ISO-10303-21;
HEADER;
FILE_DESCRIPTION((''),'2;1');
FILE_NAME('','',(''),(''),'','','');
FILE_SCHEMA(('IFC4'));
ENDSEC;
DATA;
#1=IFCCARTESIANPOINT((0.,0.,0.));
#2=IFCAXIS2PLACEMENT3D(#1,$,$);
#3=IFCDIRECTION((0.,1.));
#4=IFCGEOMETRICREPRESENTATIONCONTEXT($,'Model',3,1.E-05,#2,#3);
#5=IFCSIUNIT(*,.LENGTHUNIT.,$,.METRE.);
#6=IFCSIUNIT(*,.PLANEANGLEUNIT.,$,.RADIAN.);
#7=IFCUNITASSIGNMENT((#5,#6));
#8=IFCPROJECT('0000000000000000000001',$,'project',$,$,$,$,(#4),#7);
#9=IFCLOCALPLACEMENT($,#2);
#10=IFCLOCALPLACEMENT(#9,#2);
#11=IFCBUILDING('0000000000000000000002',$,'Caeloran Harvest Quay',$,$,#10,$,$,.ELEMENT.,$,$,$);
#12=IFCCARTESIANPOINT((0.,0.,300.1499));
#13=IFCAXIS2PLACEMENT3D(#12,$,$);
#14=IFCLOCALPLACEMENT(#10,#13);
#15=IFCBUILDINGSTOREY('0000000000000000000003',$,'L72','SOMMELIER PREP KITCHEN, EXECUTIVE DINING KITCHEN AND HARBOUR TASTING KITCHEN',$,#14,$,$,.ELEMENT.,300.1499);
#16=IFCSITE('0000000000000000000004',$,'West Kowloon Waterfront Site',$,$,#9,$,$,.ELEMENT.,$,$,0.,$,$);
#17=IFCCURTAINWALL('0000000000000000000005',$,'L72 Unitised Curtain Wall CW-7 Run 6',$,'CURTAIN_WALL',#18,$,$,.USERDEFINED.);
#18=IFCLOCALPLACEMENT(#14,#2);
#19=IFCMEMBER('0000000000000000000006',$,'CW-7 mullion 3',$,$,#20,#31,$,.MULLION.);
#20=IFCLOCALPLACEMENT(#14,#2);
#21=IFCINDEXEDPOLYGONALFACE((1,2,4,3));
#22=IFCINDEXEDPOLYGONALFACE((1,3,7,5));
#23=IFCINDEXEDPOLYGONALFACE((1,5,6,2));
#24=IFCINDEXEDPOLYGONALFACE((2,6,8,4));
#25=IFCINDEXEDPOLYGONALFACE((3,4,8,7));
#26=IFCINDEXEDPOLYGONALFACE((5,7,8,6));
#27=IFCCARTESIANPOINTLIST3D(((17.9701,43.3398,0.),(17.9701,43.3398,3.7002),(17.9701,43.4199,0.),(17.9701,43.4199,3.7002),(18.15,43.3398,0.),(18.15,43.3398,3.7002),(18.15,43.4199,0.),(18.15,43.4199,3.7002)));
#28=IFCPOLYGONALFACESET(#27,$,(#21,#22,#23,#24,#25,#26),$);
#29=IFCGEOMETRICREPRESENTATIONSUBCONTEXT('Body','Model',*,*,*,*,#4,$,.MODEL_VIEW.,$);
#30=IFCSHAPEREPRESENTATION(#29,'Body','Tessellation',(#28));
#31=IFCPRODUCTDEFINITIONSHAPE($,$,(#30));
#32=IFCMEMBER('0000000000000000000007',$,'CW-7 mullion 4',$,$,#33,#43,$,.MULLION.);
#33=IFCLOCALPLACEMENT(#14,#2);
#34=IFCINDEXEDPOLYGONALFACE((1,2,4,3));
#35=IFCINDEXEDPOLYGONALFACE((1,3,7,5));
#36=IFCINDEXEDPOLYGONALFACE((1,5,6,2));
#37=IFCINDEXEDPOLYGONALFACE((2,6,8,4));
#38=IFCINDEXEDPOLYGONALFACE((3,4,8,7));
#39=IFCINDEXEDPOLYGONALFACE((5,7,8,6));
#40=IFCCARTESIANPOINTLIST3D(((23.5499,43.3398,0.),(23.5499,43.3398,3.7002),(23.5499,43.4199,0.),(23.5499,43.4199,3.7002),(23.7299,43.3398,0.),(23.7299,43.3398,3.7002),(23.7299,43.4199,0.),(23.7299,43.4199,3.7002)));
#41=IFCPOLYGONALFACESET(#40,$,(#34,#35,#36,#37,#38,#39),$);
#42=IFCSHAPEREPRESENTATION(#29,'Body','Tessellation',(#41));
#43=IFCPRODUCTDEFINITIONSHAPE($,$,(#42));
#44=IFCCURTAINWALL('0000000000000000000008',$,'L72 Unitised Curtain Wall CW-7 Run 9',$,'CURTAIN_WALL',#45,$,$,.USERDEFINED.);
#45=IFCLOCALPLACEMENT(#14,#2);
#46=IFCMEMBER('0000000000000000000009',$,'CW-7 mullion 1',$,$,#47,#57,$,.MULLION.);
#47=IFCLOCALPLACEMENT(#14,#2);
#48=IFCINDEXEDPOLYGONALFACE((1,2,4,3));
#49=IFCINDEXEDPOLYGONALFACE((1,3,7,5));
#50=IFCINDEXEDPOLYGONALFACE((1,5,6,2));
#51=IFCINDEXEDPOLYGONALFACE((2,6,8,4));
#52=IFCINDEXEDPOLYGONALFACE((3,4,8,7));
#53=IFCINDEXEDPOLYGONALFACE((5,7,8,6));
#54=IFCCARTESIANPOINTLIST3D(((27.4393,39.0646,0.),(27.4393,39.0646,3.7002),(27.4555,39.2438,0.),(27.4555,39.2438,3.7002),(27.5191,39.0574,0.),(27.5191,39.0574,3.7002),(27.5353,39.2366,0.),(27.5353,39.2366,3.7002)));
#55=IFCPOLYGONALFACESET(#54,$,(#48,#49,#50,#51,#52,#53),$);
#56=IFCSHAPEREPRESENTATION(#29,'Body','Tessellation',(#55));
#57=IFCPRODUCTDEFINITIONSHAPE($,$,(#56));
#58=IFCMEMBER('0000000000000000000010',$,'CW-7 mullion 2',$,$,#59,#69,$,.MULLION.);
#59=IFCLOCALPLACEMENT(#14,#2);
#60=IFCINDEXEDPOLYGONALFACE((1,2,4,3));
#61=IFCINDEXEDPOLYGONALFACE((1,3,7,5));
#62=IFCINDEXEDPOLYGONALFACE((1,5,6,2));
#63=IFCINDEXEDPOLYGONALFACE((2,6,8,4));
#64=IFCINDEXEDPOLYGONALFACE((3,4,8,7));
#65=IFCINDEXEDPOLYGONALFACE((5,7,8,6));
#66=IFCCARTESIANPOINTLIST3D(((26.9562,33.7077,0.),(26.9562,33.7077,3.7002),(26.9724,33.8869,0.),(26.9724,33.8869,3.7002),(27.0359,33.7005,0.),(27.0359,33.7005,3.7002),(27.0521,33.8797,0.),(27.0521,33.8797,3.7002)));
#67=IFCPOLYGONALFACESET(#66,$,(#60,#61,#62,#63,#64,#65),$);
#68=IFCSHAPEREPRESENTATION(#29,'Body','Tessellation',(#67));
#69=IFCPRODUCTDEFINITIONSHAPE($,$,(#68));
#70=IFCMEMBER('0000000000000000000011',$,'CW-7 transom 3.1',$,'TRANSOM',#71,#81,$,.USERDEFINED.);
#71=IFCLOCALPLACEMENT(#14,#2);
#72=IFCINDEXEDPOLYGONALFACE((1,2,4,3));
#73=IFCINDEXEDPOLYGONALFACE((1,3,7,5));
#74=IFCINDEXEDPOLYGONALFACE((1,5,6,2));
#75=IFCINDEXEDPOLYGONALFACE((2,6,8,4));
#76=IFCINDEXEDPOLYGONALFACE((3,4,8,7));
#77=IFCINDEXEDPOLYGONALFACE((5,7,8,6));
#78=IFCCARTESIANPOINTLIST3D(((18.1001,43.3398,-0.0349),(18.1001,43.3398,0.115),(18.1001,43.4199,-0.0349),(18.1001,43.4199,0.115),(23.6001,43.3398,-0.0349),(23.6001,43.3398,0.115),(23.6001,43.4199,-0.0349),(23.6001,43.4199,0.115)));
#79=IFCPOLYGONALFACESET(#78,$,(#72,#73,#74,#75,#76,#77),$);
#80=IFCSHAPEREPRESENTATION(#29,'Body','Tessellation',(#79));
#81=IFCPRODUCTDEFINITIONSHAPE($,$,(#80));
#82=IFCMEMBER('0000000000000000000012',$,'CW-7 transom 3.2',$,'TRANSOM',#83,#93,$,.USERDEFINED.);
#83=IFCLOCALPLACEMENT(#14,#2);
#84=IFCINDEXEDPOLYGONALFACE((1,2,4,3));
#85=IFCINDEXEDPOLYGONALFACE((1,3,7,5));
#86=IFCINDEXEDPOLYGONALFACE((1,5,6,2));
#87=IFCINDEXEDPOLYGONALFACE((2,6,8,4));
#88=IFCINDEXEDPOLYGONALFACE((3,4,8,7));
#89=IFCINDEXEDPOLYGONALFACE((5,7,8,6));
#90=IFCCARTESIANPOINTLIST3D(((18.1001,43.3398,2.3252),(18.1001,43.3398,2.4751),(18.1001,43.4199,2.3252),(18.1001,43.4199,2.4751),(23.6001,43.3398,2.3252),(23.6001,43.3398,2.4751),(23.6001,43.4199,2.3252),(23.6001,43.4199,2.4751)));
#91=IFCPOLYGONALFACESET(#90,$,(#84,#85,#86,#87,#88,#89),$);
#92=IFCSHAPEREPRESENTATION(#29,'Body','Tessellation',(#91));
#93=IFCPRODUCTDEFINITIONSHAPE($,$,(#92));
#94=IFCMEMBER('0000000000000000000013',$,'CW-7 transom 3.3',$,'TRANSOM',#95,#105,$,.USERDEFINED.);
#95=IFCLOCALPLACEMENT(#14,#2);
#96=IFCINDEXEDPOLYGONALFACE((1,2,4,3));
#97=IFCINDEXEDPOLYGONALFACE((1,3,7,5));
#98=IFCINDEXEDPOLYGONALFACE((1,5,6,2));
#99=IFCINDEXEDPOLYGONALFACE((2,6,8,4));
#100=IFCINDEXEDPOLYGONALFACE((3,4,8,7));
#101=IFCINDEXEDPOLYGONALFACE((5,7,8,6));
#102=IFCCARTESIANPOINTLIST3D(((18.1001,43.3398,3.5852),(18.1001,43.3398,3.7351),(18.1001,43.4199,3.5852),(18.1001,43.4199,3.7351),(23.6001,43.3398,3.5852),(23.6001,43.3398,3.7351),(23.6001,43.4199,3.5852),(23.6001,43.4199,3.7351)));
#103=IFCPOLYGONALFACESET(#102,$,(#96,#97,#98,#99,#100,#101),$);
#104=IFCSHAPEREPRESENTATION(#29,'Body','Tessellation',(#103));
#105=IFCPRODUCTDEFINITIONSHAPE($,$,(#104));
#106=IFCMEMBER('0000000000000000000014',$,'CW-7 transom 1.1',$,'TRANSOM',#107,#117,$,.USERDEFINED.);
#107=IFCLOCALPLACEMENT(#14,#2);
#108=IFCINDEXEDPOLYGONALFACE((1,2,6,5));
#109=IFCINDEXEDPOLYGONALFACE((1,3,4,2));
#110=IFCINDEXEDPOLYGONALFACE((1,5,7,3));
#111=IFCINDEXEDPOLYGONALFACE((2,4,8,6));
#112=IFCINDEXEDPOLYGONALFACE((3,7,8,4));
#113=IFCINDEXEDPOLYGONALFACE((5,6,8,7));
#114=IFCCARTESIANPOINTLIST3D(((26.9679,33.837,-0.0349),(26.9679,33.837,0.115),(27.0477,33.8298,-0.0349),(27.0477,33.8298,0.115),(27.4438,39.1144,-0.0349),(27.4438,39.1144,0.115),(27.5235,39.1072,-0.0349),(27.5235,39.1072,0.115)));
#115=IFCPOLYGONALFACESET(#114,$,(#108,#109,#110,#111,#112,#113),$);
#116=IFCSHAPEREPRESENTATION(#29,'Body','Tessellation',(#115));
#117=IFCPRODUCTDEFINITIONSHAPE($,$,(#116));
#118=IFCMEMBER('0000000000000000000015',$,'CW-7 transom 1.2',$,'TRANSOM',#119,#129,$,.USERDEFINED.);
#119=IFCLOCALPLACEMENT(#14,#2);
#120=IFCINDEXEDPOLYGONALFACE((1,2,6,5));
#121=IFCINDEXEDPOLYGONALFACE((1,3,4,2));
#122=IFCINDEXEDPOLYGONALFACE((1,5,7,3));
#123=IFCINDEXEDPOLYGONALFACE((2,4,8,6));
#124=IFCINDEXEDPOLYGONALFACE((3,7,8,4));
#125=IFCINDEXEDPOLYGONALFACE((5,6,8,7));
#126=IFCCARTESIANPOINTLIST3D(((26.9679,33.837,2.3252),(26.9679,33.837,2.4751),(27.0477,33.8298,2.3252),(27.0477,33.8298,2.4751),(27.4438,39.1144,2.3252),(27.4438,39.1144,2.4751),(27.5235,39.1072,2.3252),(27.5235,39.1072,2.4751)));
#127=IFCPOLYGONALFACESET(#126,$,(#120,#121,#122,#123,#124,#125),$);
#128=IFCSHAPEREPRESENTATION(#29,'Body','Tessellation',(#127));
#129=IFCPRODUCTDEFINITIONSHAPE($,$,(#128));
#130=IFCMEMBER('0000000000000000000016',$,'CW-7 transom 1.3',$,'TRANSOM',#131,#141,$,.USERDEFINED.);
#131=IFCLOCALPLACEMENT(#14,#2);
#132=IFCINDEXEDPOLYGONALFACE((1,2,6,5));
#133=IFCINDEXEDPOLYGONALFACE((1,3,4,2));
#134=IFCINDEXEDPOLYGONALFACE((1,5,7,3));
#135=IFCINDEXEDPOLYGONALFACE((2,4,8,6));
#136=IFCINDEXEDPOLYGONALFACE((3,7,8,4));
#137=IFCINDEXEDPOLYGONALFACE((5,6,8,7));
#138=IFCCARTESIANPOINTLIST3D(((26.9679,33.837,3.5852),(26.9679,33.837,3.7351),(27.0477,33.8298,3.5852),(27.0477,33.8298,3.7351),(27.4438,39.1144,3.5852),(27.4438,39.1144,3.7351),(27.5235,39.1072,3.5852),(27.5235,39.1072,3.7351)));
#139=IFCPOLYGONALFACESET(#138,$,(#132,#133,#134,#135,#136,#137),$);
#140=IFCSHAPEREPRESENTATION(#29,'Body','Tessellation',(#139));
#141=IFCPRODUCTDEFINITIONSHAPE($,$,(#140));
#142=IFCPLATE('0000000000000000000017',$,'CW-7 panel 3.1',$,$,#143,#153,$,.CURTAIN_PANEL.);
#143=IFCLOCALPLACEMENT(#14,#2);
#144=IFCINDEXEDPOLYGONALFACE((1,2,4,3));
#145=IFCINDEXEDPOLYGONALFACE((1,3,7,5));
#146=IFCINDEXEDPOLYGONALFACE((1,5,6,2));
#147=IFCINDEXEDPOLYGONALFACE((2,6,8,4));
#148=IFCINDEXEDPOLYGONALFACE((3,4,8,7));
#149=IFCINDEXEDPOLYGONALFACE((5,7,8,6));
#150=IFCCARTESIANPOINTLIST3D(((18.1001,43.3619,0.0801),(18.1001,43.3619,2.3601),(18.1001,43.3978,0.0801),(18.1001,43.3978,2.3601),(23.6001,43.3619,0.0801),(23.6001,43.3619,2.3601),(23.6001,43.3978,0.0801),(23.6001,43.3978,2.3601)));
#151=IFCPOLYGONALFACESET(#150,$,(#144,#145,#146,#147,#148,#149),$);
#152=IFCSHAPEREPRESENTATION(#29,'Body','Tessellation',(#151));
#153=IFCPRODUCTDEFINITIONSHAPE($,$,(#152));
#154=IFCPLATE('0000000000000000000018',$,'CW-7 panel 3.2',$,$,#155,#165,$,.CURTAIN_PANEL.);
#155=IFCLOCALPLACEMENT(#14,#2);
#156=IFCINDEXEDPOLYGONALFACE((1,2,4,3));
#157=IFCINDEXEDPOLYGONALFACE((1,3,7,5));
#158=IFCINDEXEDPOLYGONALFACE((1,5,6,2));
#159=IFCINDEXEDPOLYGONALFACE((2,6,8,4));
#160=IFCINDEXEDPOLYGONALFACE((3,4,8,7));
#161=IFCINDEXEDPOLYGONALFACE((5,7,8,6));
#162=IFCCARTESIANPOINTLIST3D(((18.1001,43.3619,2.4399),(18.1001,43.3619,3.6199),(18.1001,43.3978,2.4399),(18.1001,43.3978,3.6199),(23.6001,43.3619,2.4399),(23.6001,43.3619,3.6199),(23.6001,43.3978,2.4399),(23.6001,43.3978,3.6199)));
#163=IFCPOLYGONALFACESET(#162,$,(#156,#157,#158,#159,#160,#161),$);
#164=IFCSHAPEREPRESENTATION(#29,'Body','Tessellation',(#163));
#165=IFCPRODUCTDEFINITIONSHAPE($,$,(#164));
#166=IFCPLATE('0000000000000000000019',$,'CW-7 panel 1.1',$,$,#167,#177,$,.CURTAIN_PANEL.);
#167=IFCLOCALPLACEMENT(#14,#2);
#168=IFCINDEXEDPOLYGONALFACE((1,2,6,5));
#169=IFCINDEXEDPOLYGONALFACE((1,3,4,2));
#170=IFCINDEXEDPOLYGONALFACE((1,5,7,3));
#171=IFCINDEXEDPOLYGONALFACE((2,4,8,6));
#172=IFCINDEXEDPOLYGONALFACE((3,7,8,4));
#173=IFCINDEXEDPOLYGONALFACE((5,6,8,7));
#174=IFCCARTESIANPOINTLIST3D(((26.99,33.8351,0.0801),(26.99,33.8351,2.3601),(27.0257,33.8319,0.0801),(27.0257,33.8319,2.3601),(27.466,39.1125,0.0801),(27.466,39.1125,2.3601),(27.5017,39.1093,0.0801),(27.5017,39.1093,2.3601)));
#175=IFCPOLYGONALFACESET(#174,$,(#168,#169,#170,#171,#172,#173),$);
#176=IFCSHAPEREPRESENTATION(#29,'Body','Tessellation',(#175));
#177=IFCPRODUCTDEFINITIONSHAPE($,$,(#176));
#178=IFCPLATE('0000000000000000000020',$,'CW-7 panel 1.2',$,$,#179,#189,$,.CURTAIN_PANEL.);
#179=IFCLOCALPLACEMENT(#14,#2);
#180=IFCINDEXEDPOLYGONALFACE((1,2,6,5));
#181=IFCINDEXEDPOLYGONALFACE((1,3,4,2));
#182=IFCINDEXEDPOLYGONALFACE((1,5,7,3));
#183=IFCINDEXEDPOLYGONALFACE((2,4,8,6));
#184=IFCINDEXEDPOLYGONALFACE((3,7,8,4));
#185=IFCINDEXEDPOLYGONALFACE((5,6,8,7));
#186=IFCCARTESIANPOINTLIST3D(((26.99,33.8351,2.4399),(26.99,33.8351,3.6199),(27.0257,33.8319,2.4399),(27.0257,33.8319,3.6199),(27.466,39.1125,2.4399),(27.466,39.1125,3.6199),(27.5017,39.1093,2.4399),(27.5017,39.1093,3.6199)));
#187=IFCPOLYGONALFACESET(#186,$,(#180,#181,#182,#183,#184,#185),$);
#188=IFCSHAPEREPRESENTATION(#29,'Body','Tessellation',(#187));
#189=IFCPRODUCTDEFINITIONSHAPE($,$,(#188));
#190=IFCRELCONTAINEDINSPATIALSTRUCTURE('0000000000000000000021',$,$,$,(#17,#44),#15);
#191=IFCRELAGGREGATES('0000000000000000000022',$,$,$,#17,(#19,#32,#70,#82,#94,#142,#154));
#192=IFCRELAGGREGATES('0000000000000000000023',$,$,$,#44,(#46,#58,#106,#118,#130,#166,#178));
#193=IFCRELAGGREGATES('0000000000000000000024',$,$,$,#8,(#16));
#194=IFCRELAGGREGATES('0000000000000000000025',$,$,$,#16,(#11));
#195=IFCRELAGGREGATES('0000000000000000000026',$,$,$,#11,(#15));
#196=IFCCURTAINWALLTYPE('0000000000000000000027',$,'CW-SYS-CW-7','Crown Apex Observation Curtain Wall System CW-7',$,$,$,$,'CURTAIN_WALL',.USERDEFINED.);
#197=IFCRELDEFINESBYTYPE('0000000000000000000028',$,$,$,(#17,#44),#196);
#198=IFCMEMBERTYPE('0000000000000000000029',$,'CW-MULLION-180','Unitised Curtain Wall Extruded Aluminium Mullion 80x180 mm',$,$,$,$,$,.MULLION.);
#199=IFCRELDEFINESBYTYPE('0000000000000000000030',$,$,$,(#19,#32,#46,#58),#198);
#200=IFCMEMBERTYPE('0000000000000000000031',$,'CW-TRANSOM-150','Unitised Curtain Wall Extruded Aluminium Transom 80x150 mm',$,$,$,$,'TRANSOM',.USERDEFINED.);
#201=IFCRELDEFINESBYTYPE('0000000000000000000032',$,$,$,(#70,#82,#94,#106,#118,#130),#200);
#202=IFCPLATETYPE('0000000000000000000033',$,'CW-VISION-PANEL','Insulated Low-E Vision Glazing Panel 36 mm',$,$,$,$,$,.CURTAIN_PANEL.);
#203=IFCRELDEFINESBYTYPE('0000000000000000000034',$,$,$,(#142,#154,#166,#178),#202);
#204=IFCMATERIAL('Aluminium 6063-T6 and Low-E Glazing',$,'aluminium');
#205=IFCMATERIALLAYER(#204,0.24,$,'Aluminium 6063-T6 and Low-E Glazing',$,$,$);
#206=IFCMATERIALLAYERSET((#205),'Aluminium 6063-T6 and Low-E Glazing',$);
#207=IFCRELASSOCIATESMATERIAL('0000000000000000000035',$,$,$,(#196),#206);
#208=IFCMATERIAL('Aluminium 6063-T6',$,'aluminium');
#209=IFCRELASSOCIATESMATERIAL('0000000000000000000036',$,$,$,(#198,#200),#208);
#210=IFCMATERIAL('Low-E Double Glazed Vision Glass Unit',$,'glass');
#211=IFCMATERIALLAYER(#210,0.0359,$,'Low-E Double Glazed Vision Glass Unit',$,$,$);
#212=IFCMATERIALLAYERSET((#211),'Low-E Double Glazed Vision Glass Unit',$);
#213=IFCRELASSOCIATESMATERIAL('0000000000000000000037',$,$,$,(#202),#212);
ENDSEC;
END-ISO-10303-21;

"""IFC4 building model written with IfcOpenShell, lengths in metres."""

from ifc_helpers import new_model, si_unit, direction, frame, origin, origin_2d, place, context, subcontext, project, spatial, rectangle, extrude, material, layer, layer_set, material_profile, profile_set, type_object, element, aggregate, save


model = new_model("IFC4")

# Units and contexts
model_context = context("Model", 3, precision=1e-05, world=origin(), true_north=direction((0.0, 1.0)))
body_context = subcontext(model_context, "Body", "Model", "MODEL_VIEW")
ifc_project = project(units=[si_unit("LENGTHUNIT", "METRE"), si_unit("PLANEANGLEUNIT", "RADIAN")], contexts=[model_context])

# Site, building, storey
site_placement = place(None, origin())
site = spatial("IfcSite", under=ifc_project, at=site_placement, Name="West Kowloon Waterfront Site", CompositionType="ELEMENT", RefElevation=0.0)
building_placement = place(site_placement, origin())
building = spatial("IfcBuilding", under=site, at=building_placement, Name="Caeloran Harvest Quay", CompositionType="ELEMENT")
storey_placement = place(building_placement, frame((0.0, 0.0, 300.1499)))
storey = spatial("IfcBuildingStorey", under=building, at=storey_placement, Name="L72", Description="SOMMELIER PREP KITCHEN, EXECUTIVE DINING KITCHEN AND HARBOUR TASTING KITCHEN", CompositionType="ELEMENT", Elevation=300.1499)

# Curtain walls, members
ifc_material_1 = material(Name="Aluminium 6063-T6 and Low-E Glazing", Category="aluminium")
ifc_layer_1 = layer(ifc_material_1, 0.24, Name="Aluminium 6063-T6 and Low-E Glazing")
ifc_layer_set_1 = layer_set([ifc_layer_1], Name="Aluminium 6063-T6 and Low-E Glazing")
curtain_wall_type = type_object("IfcCurtainWallType", Name="CW-SYS-CW-7", Description="Crown Apex Observation Curtain Wall System CW-7", ElementType="CURTAIN_WALL", PredefinedType="USERDEFINED", material=ifc_layer_set_1)
curtain_wall_1_placement = place(storey_placement, origin())
curtain_wall_1 = element("IfcCurtainWall", 1, at=curtain_wall_1_placement, inside=storey, type_object=curtain_wall_type, Name="L72 Unitised Curtain Wall CW-7 Run 6", ObjectType="CURTAIN_WALL", PredefinedType="USERDEFINED")
ifc_material_2 = material(Name="Aluminium 6063-T6", Category="aluminium")
ifc_material_profile_1 = material_profile(ifc_material_2, rectangle(XDim=0.0801, YDim=0.1799, at=origin_2d()), Name="CW-MULLION-180")
ifc_profile_set_1 = profile_set([ifc_material_profile_1], Name="Aluminium 6063-T6")
member_type_1 = type_object("IfcMemberType", Name="CW-MULLION-180", Description="Unitised Curtain Wall Extruded Aluminium Mullion 80x180 mm", PredefinedType="MULLION", material=ifc_profile_set_1)
member_1_placement = place(storey_placement, frame((18.0601, 43.3799, 0.0), z_axis=(0.0, 0.0, 1.0), x_axis=(0.0, 1.0, 0.0)))
member_1 = element("IfcMember", 2, at=member_1_placement, type_object=member_type_1, Name="CW-7 mullion 3", PredefinedType="MULLION", context=body_context, shape_type="SweptSolid", body=[
    extrude(rectangle(XDim=0.0801, YDim=0.1799, at=origin_2d()), origin(), (0.0, 0.0, 1.0), 3.7002),
])
member_2_placement = place(storey_placement, frame((23.6399, 43.3799, 0.0), z_axis=(0.0, 0.0, 1.0), x_axis=(0.0, 1.0, 0.0)))
member_2 = element("IfcMember", 3, at=member_2_placement, type_object=member_type_1, Name="CW-7 mullion 4", PredefinedType="MULLION", context=body_context, shape_type="SweptSolid", body=[
    extrude(rectangle(XDim=0.0801, YDim=0.1799, at=origin_2d()), origin(), (0.0, 0.0, 1.0), 3.7002),
])
curtain_wall_2_placement = place(storey_placement, origin())
curtain_wall_2 = element("IfcCurtainWall", 4, at=curtain_wall_2_placement, inside=storey, type_object=curtain_wall_type, Name="L72 Unitised Curtain Wall CW-7 Run 9", ObjectType="CURTAIN_WALL", PredefinedType="USERDEFINED")
member_3_placement = place(storey_placement, frame((27.4873, 39.1506, 0.0), z_axis=(0.0, 0.0, 1.0), x_axis=(0.995958, -0.089821, 0.0)))
member_3 = element("IfcMember", 5, at=member_3_placement, type_object=member_type_1, Name="CW-7 mullion 1", PredefinedType="MULLION", context=body_context, shape_type="SweptSolid", body=[
    extrude(rectangle(XDim=0.0801, YDim=0.1799, at=origin_2d()), origin(), (0.0, 0.0, 1.0), 3.7002),
])
member_4_placement = place(storey_placement, frame((27.0042, 33.7937, 0.0), z_axis=(0.0, 0.0, 1.0), x_axis=(0.995958, -0.089821, 0.0)))
member_4 = element("IfcMember", 6, at=member_4_placement, type_object=member_type_1, Name="CW-7 mullion 2", PredefinedType="MULLION", context=body_context, shape_type="SweptSolid", body=[
    extrude(rectangle(XDim=0.0801, YDim=0.1799, at=origin_2d()), origin(), (0.0, 0.0, 1.0), 3.7002),
])

# Members
ifc_material_profile_2 = material_profile(ifc_material_2, rectangle(XDim=0.0801, YDim=0.1499, at=origin_2d()), Name="CW-TRANSOM-150")
ifc_profile_set_2 = profile_set([ifc_material_profile_2], Name="Aluminium 6063-T6")
member_type_2 = type_object("IfcMemberType", Name="CW-TRANSOM-150", Description="Unitised Curtain Wall Extruded Aluminium Transom 80x150 mm", ElementType="TRANSOM", PredefinedType="USERDEFINED", material=ifc_profile_set_2)
member_5_placement = place(storey_placement, frame((18.1001, 43.3799, 0.04), z_axis=(1.0, 0.0, 0.0), x_axis=(0.0, 1.0, 0.0)))
member_5 = element("IfcMember", 7, at=member_5_placement, type_object=member_type_2, Name="CW-7 transom 3.1", ObjectType="TRANSOM", PredefinedType="USERDEFINED", context=body_context, shape_type="SweptSolid", body=[
    extrude(rectangle(XDim=0.0801, YDim=0.1499, at=origin_2d()), origin(), (0.0, 0.0, 1.0), 5.5),
])
member_6_placement = place(storey_placement, frame((18.1001, 43.3799, 2.4001), z_axis=(1.0, 0.0, 0.0), x_axis=(0.0, 1.0, 0.0)))
member_6 = element("IfcMember", 8, at=member_6_placement, type_object=member_type_2, Name="CW-7 transom 3.2", ObjectType="TRANSOM", PredefinedType="USERDEFINED", context=body_context, shape_type="SweptSolid", body=[
    extrude(rectangle(XDim=0.0801, YDim=0.1499, at=origin_2d()), origin(), (0.0, 0.0, 1.0), 5.5),
])
member_7_placement = place(storey_placement, frame((18.1001, 43.3799, 3.6602), z_axis=(1.0, 0.0, 0.0), x_axis=(0.0, 1.0, 0.0)))
member_7 = element("IfcMember", 9, at=member_7_placement, type_object=member_type_2, Name="CW-7 transom 3.3", ObjectType="TRANSOM", PredefinedType="USERDEFINED", context=body_context, shape_type="SweptSolid", body=[
    extrude(rectangle(XDim=0.0801, YDim=0.1499, at=origin_2d()), origin(), (0.0, 0.0, 1.0), 5.5),
])
member_8_placement = place(storey_placement, frame((27.4836, 39.1108, 0.04), z_axis=(-0.0898, -0.99596, 0.0), x_axis=(0.99596, -0.0898, 0.0)))
member_8 = element("IfcMember", 10, at=member_8_placement, type_object=member_type_2, Name="CW-7 transom 1.1", ObjectType="TRANSOM", PredefinedType="USERDEFINED", context=body_context, shape_type="SweptSolid", body=[
    extrude(rectangle(XDim=0.0801, YDim=0.1499, at=origin_2d()), origin(), (0.0, 0.0, 1.0), 5.2988),
])
member_9_placement = place(storey_placement, frame((27.4836, 39.1108, 2.4001), z_axis=(-0.0898, -0.99596, 0.0), x_axis=(0.99596, -0.0898, 0.0)))
member_9 = element("IfcMember", 11, at=member_9_placement, type_object=member_type_2, Name="CW-7 transom 1.2", ObjectType="TRANSOM", PredefinedType="USERDEFINED", context=body_context, shape_type="SweptSolid", body=[
    extrude(rectangle(XDim=0.0801, YDim=0.1499, at=origin_2d()), origin(), (0.0, 0.0, 1.0), 5.2988),
])
member_10_placement = place(storey_placement, frame((27.4836, 39.1108, 3.6602), z_axis=(-0.0898, -0.99596, 0.0), x_axis=(0.99596, -0.0898, 0.0)))
member_10 = element("IfcMember", 12, at=member_10_placement, type_object=member_type_2, Name="CW-7 transom 1.3", ObjectType="TRANSOM", PredefinedType="USERDEFINED", context=body_context, shape_type="SweptSolid", body=[
    extrude(rectangle(XDim=0.0801, YDim=0.1499, at=origin_2d()), origin(), (0.0, 0.0, 1.0), 5.2988),
])

# Plates
ifc_material_3 = material(Name="Low-E Double Glazed Vision Glass Unit", Category="glass")
ifc_layer_2 = layer(ifc_material_3, 0.0359, Name="Low-E Double Glazed Vision Glass Unit")
ifc_layer_set_2 = layer_set([ifc_layer_2], Name="Low-E Double Glazed Vision Glass Unit")
plate_type = type_object("IfcPlateType", Name="CW-VISION-PANEL", Description="Insulated Low-E Vision Glazing Panel 36 mm", PredefinedType="CURTAIN_PANEL", material=ifc_layer_set_2)
plate_1_placement = place(storey_placement, frame((20.8501, 43.3799, 0.0801), z_axis=(0.0, 0.0, 1.0), x_axis=(1.0, 0.0, 0.0)))
plate_1 = element("IfcPlate", 13, at=plate_1_placement, type_object=plate_type, Name="CW-7 panel 3.1", PredefinedType="CURTAIN_PANEL", context=body_context, shape_type="SweptSolid", body=[
    extrude(rectangle(XDim=5.5, YDim=0.0359, at=origin_2d()), origin(), (0.0, 0.0, 1.0), 2.28),
])
plate_2_placement = place(storey_placement, frame((20.8501, 43.3799, 2.4399), z_axis=(0.0, 0.0, 1.0), x_axis=(1.0, 0.0, 0.0)))
plate_2 = element("IfcPlate", 14, at=plate_2_placement, type_object=plate_type, Name="CW-7 panel 3.2", PredefinedType="CURTAIN_PANEL", context=body_context, shape_type="SweptSolid", body=[
    extrude(rectangle(XDim=5.5, YDim=0.0359, at=origin_2d()), origin(), (0.0, 0.0, 1.0), 1.1799),
])
aggregate(curtain_wall_1, [member_1, member_2, member_5, member_6, member_7, plate_1, plate_2])
plate_3_placement = place(storey_placement, frame((27.2458, 36.4722, 0.0801), z_axis=(0.0, 0.0, 1.0), x_axis=(-0.089821, -0.995958, 0.0)))
plate_3 = element("IfcPlate", 15, at=plate_3_placement, type_object=plate_type, Name="CW-7 panel 1.1", PredefinedType="CURTAIN_PANEL", context=body_context, shape_type="SweptSolid", body=[
    extrude(rectangle(XDim=5.2988, YDim=0.0359, at=origin_2d()), origin(), (0.0, 0.0, 1.0), 2.28),
])
plate_4_placement = place(storey_placement, frame((27.2458, 36.4722, 2.4399), z_axis=(0.0, 0.0, 1.0), x_axis=(-0.089821, -0.995958, 0.0)))
plate_4 = element("IfcPlate", 16, at=plate_4_placement, type_object=plate_type, Name="CW-7 panel 1.2", PredefinedType="CURTAIN_PANEL", context=body_context, shape_type="SweptSolid", body=[
    extrude(rectangle(XDim=5.2988, YDim=0.0359, at=origin_2d()), origin(), (0.0, 0.0, 1.0), 1.1799),
])
aggregate(curtain_wall_2, [member_3, member_4, member_8, member_9, member_10, plate_3, plate_4])

save(model, "model.ifc")
